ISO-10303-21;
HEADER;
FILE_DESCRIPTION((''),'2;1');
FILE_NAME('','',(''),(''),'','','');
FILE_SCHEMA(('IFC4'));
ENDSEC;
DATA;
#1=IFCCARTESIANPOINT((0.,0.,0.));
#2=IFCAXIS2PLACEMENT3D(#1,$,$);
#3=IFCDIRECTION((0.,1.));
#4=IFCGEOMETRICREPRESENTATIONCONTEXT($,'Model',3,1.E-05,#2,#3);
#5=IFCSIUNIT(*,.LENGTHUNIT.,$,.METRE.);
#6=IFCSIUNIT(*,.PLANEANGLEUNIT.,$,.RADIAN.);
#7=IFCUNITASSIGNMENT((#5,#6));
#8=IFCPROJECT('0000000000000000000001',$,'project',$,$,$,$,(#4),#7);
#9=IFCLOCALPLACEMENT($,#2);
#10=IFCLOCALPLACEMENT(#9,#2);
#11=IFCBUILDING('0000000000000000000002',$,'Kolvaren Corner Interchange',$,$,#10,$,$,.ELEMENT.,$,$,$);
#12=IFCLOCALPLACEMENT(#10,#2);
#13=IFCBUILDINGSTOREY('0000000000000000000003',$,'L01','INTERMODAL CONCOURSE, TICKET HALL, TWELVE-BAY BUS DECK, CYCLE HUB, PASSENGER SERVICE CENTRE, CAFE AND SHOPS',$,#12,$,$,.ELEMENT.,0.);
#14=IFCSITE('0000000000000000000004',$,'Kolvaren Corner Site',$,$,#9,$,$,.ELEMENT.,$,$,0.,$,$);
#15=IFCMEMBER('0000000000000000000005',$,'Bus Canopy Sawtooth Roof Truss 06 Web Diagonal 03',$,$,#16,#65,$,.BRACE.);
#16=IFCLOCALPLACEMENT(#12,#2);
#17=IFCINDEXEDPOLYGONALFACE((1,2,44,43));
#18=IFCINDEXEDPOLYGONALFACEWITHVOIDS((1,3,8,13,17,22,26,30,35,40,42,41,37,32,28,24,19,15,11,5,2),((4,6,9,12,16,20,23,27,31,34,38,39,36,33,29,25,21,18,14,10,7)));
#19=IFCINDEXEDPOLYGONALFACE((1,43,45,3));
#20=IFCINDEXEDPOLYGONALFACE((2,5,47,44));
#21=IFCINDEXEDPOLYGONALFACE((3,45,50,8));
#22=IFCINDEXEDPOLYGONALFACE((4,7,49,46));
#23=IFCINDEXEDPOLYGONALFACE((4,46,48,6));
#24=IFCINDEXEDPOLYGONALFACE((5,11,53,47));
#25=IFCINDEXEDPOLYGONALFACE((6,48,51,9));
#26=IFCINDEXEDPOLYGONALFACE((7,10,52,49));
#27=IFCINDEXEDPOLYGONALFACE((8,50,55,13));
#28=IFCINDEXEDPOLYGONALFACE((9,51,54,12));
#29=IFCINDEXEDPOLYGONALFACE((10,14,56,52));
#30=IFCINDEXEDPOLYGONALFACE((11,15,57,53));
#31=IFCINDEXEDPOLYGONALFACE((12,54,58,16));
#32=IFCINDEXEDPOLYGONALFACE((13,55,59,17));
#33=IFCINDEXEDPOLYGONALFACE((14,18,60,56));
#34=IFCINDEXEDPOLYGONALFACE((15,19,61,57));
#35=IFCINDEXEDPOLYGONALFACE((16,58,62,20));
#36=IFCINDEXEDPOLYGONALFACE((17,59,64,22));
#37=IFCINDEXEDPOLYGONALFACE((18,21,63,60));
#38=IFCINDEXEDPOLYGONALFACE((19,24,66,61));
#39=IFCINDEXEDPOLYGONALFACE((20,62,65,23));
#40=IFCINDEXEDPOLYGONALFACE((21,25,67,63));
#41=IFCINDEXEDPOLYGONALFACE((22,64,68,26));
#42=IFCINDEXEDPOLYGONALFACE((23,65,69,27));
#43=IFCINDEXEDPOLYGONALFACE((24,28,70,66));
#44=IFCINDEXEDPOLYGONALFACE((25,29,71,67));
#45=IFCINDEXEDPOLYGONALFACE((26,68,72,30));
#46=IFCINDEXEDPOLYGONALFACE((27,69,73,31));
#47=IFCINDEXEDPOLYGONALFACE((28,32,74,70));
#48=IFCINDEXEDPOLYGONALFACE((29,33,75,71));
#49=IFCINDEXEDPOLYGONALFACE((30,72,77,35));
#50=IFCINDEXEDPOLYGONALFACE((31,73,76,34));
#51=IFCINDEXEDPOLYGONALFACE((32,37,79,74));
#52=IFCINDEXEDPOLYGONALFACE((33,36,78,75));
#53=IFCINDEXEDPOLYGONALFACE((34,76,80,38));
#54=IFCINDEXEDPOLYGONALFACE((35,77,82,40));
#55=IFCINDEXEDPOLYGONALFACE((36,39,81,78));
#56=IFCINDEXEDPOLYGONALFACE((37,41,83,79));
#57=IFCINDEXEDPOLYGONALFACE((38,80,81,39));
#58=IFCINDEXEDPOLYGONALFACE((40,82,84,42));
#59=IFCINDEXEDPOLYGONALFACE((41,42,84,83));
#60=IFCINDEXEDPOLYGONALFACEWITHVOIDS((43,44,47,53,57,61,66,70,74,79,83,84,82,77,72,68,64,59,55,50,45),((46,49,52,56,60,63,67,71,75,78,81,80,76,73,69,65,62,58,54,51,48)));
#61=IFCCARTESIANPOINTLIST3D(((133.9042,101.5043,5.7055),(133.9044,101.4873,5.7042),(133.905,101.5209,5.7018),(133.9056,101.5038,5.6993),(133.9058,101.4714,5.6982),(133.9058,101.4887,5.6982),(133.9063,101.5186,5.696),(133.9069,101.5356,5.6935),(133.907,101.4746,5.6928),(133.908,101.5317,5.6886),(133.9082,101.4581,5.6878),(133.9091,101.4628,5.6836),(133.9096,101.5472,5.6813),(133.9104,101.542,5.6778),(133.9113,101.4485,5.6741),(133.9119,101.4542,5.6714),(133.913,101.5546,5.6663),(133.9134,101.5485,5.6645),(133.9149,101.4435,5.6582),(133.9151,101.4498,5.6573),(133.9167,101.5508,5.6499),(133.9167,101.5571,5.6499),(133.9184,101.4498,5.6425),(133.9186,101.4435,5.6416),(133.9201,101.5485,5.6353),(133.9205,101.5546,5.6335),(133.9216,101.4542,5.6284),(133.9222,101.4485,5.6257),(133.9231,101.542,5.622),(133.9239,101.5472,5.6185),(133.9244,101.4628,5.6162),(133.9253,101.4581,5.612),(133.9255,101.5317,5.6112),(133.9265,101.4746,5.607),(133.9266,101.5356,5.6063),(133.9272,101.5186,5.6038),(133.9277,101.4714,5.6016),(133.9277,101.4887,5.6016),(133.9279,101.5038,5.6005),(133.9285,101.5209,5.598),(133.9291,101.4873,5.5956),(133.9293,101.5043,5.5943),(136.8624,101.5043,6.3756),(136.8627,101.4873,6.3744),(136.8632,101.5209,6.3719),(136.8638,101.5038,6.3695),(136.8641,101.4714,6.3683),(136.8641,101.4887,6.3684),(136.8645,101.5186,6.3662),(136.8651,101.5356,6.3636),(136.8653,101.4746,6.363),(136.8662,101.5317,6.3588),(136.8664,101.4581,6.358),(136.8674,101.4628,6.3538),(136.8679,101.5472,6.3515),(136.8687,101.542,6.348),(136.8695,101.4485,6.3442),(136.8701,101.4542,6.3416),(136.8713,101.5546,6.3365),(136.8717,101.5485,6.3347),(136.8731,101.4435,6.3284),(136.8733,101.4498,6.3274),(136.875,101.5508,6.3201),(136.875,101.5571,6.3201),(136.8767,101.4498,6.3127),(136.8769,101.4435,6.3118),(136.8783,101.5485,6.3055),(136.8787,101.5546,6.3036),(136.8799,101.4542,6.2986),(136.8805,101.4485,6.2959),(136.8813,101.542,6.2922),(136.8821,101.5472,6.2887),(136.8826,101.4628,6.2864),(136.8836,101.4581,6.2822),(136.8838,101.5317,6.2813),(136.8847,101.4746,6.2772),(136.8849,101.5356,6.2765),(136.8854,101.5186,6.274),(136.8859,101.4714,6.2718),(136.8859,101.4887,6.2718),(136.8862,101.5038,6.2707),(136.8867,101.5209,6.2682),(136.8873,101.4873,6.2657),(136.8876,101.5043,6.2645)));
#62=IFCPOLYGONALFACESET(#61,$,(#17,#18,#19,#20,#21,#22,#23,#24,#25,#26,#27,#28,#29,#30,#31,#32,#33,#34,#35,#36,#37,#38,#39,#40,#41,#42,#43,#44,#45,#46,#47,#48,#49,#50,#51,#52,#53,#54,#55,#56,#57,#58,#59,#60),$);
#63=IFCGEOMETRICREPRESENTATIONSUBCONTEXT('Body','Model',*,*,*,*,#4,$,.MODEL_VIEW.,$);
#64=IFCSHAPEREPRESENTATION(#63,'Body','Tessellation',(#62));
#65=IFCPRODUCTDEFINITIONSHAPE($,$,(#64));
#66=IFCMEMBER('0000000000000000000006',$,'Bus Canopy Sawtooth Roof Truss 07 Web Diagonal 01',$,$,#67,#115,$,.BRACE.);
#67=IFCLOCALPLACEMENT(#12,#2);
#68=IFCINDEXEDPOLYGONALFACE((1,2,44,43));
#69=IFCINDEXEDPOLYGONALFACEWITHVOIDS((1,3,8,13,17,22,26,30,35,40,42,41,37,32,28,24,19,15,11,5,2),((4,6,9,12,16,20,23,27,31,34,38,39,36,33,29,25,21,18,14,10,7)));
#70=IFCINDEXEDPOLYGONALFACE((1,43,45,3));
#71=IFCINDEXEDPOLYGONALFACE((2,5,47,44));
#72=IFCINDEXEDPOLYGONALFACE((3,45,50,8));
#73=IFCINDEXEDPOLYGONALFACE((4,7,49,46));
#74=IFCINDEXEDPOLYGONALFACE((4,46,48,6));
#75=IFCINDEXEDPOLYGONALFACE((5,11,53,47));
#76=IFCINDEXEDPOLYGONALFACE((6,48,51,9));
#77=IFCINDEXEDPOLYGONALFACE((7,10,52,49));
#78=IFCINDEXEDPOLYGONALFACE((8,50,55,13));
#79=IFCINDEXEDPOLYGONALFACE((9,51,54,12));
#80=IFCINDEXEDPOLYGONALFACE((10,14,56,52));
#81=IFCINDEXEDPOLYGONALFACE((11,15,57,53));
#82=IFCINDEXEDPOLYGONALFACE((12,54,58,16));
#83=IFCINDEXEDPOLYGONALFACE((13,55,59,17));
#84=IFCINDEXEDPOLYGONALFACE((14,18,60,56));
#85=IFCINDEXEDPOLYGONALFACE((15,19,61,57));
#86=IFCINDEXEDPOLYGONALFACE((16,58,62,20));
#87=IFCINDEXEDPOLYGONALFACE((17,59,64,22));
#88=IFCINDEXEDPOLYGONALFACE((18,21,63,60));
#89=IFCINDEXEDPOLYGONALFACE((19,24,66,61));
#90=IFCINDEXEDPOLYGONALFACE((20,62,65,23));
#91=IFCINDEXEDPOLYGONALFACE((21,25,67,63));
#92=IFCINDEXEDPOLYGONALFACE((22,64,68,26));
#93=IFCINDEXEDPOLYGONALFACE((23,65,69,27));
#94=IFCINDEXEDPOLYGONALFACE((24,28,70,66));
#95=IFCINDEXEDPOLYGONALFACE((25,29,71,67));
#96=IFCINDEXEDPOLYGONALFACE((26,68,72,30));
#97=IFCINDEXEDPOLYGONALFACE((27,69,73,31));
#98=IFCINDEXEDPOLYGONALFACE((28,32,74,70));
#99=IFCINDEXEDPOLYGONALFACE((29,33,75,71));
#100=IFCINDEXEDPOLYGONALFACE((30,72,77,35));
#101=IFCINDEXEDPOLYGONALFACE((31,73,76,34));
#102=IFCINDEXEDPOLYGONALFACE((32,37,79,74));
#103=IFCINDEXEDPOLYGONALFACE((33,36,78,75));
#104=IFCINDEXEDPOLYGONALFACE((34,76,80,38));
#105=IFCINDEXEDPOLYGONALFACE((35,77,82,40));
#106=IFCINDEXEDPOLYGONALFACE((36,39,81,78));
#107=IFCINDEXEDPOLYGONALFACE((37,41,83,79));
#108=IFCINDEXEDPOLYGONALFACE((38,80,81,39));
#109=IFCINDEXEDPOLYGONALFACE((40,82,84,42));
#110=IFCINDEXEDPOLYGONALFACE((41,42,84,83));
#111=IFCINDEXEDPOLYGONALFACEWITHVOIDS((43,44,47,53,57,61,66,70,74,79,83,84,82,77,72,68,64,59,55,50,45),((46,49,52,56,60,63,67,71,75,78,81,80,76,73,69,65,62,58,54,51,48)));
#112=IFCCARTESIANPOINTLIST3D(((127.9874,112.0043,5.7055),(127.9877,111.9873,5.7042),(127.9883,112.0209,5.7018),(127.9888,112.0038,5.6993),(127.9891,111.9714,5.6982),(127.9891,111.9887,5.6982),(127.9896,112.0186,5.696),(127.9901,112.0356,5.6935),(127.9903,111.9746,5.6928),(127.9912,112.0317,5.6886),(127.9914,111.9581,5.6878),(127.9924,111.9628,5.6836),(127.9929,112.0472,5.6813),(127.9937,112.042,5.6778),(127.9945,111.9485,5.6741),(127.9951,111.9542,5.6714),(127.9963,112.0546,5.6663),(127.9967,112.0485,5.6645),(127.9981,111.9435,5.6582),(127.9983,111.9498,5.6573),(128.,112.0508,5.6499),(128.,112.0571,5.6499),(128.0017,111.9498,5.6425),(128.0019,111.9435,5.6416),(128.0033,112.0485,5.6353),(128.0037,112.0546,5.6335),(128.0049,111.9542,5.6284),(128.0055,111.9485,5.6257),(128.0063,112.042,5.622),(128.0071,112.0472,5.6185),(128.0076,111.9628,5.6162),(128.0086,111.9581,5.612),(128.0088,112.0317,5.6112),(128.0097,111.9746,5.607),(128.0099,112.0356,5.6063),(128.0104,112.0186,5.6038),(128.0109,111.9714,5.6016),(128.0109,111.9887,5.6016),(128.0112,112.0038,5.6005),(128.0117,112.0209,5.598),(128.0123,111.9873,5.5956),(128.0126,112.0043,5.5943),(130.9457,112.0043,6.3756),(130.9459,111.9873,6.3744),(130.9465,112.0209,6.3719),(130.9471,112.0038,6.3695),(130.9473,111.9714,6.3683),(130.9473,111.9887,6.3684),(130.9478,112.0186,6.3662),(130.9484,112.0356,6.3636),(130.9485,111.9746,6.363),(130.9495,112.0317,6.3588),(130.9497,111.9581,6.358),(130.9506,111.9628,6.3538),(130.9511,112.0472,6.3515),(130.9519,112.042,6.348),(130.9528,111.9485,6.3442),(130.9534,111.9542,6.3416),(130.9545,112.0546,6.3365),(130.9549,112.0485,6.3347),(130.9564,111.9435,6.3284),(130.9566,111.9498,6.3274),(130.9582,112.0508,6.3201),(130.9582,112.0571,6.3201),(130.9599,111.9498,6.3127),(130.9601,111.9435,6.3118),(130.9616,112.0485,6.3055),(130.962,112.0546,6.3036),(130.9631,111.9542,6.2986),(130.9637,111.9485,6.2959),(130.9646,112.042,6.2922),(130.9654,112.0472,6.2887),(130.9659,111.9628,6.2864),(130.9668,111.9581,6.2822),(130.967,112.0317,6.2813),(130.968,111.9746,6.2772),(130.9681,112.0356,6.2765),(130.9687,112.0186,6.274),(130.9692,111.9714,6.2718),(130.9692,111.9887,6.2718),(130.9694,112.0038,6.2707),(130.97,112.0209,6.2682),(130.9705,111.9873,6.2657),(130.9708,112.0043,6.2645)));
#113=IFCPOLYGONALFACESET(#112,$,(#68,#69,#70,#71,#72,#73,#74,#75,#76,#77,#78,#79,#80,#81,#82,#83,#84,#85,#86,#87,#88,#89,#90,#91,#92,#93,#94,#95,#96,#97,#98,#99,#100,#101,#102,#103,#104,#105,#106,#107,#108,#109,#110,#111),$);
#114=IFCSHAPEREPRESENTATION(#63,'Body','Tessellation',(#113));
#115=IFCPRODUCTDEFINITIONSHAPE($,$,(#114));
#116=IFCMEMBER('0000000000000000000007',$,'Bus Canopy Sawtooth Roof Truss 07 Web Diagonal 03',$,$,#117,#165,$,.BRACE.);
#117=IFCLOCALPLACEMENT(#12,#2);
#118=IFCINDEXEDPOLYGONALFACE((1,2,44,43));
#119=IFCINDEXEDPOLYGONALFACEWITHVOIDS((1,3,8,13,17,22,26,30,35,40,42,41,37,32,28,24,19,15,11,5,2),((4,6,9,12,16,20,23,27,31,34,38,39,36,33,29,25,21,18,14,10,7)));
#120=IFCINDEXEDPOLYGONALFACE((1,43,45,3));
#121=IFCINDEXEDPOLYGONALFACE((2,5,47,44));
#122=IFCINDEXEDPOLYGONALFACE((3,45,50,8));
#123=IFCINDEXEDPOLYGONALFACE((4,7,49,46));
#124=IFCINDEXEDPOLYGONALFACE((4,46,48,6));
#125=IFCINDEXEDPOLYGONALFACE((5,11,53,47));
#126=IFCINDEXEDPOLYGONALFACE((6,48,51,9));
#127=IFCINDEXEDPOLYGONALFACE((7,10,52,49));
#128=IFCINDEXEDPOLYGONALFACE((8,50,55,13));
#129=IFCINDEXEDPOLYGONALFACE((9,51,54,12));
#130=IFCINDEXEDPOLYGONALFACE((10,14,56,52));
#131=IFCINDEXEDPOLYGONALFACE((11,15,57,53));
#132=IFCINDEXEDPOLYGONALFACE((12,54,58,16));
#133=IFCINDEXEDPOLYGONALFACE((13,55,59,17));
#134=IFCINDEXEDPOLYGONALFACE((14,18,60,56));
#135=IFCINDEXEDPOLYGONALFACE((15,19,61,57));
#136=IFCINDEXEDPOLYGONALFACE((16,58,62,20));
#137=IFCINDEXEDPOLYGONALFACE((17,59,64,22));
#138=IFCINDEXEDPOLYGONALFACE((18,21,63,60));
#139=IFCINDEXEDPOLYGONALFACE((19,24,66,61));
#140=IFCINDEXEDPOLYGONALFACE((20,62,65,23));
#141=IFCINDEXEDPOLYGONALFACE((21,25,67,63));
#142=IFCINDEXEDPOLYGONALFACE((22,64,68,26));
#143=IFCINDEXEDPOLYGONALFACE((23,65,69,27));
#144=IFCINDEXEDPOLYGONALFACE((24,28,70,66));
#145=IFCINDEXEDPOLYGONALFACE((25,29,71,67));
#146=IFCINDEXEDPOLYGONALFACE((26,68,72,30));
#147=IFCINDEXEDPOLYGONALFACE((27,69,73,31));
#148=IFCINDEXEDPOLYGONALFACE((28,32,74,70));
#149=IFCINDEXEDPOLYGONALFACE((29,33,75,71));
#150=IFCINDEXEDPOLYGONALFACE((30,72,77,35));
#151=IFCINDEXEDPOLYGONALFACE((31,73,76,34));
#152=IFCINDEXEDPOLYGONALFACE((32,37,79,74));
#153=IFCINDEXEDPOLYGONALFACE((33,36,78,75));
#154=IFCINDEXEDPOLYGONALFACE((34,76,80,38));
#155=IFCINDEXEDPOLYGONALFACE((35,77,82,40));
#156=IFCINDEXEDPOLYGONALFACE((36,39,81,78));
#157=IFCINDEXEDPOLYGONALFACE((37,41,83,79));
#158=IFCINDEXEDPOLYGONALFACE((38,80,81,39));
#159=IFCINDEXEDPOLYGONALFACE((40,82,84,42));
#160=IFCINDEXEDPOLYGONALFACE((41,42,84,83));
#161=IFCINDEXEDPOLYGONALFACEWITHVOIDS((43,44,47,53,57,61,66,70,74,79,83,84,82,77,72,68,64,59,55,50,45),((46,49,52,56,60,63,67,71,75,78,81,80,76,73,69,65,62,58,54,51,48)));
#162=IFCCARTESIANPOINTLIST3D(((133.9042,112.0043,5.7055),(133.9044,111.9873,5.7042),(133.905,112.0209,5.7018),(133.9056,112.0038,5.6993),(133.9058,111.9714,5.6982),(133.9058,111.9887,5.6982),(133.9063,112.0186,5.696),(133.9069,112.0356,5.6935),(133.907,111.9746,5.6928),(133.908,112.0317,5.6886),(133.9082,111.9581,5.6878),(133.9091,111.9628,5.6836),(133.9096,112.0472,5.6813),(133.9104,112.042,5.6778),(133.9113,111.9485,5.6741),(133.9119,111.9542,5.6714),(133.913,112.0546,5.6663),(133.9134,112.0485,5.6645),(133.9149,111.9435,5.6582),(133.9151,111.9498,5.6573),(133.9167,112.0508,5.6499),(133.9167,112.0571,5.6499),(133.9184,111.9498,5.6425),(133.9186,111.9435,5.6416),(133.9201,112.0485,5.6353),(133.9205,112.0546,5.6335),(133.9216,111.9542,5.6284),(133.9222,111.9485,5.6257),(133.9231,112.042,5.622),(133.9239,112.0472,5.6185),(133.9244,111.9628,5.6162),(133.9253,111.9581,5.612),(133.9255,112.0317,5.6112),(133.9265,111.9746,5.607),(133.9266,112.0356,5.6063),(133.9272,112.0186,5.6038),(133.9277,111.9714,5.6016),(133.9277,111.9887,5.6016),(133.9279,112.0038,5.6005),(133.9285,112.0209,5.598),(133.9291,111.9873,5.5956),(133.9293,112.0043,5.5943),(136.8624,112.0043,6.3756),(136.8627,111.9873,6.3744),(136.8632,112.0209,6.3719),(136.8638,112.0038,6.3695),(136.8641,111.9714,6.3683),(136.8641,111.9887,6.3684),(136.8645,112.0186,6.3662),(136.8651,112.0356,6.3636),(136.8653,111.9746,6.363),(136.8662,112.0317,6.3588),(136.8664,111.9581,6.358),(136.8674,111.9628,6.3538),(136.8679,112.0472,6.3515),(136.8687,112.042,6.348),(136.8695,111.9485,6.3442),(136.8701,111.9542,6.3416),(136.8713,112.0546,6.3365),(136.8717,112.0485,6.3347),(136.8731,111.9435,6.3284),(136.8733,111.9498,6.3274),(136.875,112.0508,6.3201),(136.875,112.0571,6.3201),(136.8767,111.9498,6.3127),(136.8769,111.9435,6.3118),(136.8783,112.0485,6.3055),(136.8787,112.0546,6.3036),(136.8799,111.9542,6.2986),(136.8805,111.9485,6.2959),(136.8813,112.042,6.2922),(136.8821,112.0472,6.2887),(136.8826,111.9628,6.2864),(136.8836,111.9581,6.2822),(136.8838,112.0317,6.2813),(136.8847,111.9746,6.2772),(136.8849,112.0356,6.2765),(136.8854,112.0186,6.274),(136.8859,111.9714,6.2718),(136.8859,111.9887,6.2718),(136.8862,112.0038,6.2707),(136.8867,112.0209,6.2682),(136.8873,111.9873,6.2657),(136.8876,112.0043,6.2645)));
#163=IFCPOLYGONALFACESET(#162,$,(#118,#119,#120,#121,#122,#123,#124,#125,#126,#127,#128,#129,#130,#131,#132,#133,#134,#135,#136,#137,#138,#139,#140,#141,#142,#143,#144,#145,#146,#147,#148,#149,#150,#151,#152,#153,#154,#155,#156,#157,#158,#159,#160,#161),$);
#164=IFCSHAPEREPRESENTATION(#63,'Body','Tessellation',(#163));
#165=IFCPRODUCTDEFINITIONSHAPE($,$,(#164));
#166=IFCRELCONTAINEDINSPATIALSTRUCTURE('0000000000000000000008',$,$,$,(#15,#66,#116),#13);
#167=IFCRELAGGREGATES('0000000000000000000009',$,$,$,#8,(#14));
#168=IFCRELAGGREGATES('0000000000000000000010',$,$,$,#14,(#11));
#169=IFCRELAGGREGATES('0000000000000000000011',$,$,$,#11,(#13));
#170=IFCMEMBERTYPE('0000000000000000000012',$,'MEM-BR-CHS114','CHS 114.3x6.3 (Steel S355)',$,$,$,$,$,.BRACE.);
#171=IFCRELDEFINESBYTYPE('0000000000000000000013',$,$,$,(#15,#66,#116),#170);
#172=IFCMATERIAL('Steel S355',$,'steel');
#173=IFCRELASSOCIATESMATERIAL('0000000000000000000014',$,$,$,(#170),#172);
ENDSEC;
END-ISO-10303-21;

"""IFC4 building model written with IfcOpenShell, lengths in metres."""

from ifc_helpers import new_model, si_unit, direction, frame, origin, origin_2d, place, context, subcontext, project, spatial, hollow_circle, extrude, material, material_profile, profile_set, type_object, element, save


model = new_model("IFC4")

# Units and contexts
model_context = context("Model", 3, precision=1e-05, world=origin(), true_north=direction((0.0, 1.0)))
body_context = subcontext(model_context, "Body", "Model", "MODEL_VIEW")
ifc_project = project(units=[si_unit("LENGTHUNIT", "METRE"), si_unit("PLANEANGLEUNIT", "RADIAN")], contexts=[model_context])

# Site, building, storey
site_placement = place(None, origin())
site = spatial("IfcSite", under=ifc_project, at=site_placement, Name="Kolvaren Corner Site", CompositionType="ELEMENT", RefElevation=0.0)
building_placement = place(site_placement, origin())
building = spatial("IfcBuilding", under=site, at=building_placement, Name="Kolvaren Corner Interchange", CompositionType="ELEMENT")
storey_placement = place(building_placement, origin())
storey = spatial("IfcBuildingStorey", under=building, at=storey_placement, Name="L01", Description="INTERMODAL CONCOURSE, TICKET HALL, TWELVE-BAY BUS DECK, CYCLE HUB, PASSENGER SERVICE CENTRE, CAFE AND SHOPS", CompositionType="ELEMENT", Elevation=0.0)

# Members
ifc_material_1 = material(Name="Steel S355", Category="steel")
ifc_material_profile_1 = material_profile(ifc_material_1, hollow_circle(Radius=0.0571, WallThickness=0.0063, at=origin_2d()), Name="CHS 114.3x6.3")
ifc_profile_set_1 = profile_set([ifc_material_profile_1], Name="Steel S355")
member_type_1 = type_object("IfcMemberType", Name="MEM-BR-CHS114", Description="CHS 114.3x6.3 (Steel S355)", PredefinedType="BRACE", material=ifc_profile_set_1)
for number, where, z_axis, x_axis, name in (
    (1, (133.9167, 101.5, 5.6499), (0.975287, 0.0, 0.220943), (0.0, 1.0, 0.0), "Bus Canopy Sawtooth Roof Truss 06 Web Diagonal 03"),
    (2, (128.0, 112.0, 5.6499), (0.975287, 0.0, 0.220943), (0.0, 1.0, 0.0), "Bus Canopy Sawtooth Roof Truss 07 Web Diagonal 01"),
    (3, (133.9167, 112.0, 5.6499), (0.975287, 0.0, 0.220943), (0.0, 1.0, 0.0), "Bus Canopy Sawtooth Roof Truss 07 Web Diagonal 03"),
):
    element("IfcMember", number, at=place(storey_placement, frame(where, z_axis=z_axis, x_axis=x_axis)), inside=storey, type_object=member_type_1, Name=name, PredefinedType="BRACE", context=body_context, shape_type="SweptSolid", body=[
        extrude(hollow_circle(Radius=0.0571, WallThickness=0.0063, at=origin_2d()), origin(), (0.0, 0.0, 1.0), 3.0332),
    ])

save(model, "model.ifc")
